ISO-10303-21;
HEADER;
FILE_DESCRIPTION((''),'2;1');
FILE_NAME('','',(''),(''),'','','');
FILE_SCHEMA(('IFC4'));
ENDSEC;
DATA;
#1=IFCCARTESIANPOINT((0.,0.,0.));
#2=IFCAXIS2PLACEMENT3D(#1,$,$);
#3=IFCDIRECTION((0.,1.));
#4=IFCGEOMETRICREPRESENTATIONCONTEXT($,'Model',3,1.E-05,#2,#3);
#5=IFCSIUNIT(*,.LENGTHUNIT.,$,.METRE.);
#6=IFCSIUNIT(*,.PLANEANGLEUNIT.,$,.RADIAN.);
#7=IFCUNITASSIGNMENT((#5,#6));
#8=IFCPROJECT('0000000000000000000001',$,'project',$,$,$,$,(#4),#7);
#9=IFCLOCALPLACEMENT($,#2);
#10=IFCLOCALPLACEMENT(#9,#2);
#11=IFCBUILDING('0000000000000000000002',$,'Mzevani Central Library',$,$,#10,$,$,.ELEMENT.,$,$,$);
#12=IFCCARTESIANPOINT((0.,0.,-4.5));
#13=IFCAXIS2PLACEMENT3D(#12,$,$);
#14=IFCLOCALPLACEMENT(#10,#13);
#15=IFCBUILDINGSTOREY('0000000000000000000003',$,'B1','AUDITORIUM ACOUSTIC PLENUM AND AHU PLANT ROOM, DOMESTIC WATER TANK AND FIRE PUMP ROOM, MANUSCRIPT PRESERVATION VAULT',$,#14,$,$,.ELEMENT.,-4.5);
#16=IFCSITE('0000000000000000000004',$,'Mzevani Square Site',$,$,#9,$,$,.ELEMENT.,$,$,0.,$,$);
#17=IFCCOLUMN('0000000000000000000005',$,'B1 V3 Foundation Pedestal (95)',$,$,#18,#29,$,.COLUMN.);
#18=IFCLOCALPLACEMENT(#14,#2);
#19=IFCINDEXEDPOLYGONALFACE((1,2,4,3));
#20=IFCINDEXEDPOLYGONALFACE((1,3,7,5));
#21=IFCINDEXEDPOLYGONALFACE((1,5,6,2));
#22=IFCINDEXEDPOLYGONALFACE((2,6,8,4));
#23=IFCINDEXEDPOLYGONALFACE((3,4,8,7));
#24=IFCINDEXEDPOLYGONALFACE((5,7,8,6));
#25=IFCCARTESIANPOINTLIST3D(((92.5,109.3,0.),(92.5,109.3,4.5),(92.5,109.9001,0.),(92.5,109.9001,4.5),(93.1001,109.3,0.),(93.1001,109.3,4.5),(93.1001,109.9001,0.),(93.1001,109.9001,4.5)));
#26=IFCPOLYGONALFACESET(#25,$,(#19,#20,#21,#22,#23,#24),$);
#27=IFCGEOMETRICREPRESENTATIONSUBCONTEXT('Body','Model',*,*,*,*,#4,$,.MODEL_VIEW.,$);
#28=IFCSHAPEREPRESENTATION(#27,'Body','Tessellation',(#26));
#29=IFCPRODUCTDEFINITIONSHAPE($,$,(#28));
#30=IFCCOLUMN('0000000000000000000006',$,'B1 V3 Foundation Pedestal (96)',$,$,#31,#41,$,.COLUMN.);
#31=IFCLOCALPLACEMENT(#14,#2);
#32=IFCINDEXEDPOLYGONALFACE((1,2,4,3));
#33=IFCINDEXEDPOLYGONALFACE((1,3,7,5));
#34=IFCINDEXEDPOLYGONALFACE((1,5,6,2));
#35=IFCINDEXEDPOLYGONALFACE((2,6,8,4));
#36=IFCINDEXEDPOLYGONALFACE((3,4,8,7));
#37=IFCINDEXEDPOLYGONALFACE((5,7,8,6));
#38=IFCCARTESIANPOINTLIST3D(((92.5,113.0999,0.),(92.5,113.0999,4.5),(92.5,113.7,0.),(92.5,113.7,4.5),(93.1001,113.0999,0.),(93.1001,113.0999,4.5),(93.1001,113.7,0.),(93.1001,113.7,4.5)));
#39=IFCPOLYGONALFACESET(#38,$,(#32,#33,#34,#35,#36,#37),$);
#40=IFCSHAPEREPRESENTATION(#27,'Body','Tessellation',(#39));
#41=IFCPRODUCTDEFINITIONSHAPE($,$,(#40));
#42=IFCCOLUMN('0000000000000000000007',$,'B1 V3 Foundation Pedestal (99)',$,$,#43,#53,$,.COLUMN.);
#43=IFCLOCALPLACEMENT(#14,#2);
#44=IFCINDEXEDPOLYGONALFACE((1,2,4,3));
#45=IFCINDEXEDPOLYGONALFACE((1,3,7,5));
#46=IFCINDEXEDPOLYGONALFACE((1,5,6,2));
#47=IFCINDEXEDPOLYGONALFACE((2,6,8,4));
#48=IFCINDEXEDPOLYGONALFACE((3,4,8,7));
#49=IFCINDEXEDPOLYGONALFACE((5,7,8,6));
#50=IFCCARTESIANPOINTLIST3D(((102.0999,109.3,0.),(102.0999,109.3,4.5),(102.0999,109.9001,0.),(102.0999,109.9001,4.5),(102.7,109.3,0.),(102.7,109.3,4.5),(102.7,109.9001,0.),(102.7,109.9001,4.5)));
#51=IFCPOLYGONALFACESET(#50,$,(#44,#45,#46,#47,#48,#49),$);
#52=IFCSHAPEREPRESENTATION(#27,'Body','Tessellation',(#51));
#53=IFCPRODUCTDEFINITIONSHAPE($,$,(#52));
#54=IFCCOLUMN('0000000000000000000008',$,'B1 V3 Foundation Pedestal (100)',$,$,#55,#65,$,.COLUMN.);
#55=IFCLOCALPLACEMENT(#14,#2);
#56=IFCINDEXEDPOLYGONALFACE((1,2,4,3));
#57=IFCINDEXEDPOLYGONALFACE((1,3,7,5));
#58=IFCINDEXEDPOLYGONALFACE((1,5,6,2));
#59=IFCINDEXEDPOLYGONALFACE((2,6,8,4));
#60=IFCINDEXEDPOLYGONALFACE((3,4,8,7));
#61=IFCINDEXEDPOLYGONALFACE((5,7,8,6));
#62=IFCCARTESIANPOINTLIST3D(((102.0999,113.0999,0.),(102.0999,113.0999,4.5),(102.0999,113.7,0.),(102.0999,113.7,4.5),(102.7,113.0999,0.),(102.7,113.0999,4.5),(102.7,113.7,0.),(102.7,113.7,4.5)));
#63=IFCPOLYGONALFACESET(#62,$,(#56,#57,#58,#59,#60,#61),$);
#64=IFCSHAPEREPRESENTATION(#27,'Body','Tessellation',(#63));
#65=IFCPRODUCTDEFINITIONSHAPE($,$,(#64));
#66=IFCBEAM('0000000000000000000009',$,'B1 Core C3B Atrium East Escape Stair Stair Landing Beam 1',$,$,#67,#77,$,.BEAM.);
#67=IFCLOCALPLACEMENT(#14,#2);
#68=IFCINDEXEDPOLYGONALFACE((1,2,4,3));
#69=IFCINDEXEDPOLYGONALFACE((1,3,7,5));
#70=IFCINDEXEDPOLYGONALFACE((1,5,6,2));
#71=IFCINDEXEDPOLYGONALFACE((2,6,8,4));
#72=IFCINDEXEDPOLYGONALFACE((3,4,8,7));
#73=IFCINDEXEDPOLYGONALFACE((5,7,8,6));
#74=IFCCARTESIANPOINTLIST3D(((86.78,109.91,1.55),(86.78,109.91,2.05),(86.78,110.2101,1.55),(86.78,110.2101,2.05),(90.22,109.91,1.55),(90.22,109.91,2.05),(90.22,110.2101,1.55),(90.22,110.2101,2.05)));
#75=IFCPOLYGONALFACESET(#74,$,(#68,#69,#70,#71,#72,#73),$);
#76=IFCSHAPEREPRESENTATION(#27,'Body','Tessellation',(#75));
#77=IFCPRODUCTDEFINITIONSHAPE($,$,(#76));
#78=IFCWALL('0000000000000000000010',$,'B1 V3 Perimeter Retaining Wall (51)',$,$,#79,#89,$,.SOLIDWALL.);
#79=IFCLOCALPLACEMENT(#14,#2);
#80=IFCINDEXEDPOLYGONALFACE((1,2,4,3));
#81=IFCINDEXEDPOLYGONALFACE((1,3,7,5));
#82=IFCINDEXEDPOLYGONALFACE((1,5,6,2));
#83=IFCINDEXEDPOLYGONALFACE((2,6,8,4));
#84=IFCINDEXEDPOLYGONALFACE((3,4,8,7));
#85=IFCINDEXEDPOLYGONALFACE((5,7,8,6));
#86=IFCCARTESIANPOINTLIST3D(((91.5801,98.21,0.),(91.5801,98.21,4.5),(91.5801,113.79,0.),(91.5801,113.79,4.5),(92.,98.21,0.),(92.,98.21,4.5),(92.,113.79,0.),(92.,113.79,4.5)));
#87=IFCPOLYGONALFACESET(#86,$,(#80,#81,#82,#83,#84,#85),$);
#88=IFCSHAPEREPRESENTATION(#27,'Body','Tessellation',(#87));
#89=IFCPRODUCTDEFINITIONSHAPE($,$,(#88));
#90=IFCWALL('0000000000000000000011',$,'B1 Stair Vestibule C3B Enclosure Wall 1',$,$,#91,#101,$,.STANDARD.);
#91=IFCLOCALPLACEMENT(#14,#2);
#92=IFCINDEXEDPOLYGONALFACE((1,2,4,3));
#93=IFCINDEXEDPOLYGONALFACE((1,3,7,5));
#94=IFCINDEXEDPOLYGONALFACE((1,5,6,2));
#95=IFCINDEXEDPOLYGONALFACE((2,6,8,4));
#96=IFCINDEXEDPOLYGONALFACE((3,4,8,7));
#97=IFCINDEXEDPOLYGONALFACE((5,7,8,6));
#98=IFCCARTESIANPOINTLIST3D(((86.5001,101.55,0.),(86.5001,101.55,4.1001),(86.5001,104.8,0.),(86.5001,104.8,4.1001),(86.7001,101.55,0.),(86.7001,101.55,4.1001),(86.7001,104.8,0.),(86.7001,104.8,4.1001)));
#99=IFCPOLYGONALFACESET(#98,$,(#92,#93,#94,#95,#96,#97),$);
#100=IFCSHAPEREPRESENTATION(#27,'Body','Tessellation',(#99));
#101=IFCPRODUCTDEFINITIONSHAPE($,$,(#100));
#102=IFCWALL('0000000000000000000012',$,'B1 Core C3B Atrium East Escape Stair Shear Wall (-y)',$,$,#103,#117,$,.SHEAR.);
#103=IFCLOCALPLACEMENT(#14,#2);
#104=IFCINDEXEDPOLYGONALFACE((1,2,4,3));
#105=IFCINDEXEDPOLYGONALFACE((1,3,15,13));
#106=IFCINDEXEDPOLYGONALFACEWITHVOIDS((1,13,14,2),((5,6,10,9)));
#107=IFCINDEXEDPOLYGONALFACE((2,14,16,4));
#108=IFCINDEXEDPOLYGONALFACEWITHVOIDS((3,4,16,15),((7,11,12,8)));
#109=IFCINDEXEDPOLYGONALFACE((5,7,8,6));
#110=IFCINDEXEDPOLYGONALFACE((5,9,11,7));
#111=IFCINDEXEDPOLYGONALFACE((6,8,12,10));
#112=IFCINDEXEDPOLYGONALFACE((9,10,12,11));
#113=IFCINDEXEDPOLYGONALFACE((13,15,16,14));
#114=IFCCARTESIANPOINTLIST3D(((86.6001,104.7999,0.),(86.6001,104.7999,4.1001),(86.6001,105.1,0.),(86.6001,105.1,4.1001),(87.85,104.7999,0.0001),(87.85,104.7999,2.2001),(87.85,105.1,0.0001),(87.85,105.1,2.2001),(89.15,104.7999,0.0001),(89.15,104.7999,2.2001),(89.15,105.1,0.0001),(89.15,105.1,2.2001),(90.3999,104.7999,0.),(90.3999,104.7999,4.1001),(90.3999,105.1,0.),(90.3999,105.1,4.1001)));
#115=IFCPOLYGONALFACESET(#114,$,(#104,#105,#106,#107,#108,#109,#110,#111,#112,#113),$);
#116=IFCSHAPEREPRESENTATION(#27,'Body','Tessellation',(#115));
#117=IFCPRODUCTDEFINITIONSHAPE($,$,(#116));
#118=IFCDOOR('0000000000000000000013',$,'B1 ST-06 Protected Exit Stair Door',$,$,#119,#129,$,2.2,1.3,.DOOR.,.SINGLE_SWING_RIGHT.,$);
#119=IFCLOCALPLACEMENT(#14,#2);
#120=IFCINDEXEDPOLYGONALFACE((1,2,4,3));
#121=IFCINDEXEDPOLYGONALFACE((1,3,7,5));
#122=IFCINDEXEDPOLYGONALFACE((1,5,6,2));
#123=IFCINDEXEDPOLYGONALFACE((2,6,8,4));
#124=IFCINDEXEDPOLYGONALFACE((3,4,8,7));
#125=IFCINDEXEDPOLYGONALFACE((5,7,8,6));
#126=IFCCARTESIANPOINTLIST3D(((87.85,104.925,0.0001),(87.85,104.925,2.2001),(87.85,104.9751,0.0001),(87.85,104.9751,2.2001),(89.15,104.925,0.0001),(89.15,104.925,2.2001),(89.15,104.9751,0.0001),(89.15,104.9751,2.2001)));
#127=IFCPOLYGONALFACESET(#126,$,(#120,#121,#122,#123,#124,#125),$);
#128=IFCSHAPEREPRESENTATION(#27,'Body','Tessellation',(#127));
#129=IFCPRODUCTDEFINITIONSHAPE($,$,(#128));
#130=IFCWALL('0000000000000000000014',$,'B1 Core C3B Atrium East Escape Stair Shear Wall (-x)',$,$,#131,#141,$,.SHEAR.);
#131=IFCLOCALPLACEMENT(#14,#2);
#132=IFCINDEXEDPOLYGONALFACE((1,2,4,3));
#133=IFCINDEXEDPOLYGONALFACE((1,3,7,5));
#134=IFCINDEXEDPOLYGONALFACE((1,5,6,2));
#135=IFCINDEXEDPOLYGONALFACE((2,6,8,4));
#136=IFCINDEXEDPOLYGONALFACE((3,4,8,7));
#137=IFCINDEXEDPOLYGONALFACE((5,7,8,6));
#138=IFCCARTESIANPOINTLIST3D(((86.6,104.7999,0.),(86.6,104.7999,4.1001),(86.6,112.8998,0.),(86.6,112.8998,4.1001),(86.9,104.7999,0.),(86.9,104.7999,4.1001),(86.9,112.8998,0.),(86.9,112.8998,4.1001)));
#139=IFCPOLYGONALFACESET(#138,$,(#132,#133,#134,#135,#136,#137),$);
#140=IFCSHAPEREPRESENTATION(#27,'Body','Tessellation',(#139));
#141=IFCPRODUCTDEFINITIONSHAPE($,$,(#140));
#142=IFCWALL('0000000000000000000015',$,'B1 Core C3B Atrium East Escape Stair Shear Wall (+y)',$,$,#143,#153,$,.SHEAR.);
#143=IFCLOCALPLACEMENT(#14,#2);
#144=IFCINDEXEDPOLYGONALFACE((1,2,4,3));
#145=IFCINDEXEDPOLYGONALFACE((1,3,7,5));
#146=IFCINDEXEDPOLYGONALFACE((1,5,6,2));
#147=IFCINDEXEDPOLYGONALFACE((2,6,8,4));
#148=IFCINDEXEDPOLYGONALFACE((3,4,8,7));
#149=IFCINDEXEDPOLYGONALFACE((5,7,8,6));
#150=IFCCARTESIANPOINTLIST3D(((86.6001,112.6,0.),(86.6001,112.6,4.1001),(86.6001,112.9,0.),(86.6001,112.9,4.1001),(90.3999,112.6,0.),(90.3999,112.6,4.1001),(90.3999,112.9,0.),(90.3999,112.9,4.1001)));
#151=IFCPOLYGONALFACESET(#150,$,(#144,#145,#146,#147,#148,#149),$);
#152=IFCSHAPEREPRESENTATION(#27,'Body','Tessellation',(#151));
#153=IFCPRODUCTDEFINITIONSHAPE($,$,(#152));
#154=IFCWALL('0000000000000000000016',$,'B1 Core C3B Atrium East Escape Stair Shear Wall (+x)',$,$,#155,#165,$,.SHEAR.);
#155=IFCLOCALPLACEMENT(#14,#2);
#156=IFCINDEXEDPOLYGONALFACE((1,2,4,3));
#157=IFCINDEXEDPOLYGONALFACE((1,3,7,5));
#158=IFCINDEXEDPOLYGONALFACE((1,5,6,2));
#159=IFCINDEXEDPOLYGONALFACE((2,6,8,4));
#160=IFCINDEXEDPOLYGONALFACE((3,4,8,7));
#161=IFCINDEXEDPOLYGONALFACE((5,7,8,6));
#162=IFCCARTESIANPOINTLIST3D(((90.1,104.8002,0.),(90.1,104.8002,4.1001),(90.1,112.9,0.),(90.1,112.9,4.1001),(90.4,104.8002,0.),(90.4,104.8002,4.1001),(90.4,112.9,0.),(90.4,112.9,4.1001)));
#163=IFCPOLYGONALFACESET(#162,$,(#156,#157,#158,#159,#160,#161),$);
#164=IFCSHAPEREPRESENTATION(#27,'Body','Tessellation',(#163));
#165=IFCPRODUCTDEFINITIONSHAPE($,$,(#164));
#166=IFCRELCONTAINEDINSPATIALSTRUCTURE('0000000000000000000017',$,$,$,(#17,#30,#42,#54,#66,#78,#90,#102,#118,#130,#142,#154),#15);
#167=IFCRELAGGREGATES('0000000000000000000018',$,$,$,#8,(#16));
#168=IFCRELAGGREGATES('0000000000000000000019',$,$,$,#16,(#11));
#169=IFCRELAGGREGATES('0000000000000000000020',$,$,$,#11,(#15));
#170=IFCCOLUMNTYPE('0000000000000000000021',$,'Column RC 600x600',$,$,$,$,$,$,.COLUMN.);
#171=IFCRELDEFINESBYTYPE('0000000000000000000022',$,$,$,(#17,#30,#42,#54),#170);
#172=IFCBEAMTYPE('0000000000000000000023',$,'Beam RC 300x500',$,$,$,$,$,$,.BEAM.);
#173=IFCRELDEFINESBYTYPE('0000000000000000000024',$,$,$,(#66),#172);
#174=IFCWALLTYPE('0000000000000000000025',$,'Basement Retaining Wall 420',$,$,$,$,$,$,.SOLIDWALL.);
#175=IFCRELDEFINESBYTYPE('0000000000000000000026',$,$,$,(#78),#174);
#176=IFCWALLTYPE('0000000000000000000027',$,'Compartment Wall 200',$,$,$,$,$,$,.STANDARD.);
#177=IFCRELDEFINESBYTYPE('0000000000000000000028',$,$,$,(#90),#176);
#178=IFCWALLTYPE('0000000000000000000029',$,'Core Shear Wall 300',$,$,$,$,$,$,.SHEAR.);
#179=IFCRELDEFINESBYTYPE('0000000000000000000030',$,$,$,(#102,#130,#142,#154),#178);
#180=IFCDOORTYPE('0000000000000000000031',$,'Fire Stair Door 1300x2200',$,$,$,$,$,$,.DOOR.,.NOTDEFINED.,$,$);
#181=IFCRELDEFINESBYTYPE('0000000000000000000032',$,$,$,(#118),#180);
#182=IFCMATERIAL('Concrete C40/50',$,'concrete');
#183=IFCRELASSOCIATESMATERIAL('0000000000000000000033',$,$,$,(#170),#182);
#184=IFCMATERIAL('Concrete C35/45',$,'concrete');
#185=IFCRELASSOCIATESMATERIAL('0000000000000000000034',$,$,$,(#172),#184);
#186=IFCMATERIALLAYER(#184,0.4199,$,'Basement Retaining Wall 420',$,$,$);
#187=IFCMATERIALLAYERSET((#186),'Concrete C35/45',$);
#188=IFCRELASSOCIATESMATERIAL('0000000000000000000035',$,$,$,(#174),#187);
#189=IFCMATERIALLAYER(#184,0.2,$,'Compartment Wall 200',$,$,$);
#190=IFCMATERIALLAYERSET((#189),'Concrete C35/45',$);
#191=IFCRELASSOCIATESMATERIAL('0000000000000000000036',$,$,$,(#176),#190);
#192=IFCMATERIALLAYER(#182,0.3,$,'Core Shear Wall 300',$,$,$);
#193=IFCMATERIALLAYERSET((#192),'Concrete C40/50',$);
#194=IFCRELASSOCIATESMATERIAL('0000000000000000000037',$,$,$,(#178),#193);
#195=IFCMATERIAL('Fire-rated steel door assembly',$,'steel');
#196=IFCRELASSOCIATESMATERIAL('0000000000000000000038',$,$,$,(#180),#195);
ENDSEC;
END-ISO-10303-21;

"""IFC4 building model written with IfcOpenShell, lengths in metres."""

from ifc_helpers import new_model, si_unit, direction, frame, frame_2d, origin, origin_2d, place, context, subcontext, project, spatial, rectangle, extrude, material, layer, layer_set, material_profile, profile_set, type_object, element, fill, save


model = new_model("IFC4")

# Units and contexts
model_context = context("Model", 3, precision=1e-05, world=origin(), true_north=direction((0.0, 1.0)))
body_context = subcontext(model_context, "Body", "Model", "MODEL_VIEW")
ifc_project = project(units=[si_unit("LENGTHUNIT", "METRE"), si_unit("PLANEANGLEUNIT", "RADIAN")], contexts=[model_context])

# Site, building, storey
site_placement = place(None, origin())
site = spatial("IfcSite", under=ifc_project, at=site_placement, Name="Mzevani Square Site", CompositionType="ELEMENT", RefElevation=0.0)
building_placement = place(site_placement, origin())
building = spatial("IfcBuilding", under=site, at=building_placement, Name="Mzevani Central Library", CompositionType="ELEMENT")
storey_placement = place(building_placement, frame((0.0, 0.0, -4.5)))
storey = spatial("IfcBuildingStorey", under=building, at=storey_placement, Name="B1", Description="AUDITORIUM ACOUSTIC PLENUM AND AHU PLANT ROOM, DOMESTIC WATER TANK AND FIRE PUMP ROOM, MANUSCRIPT PRESERVATION VAULT", CompositionType="ELEMENT", Elevation=-4.5)

# Shared definitions
ifc_material_1 = material(Name="Concrete C40/50", Category="concrete")

# Columns
ifc_material_profile_1 = material_profile(ifc_material_1, rectangle(XDim=0.6001, YDim=0.6001, at=origin_2d()), Name="RC 600x600")
ifc_profile_set_1 = profile_set([ifc_material_profile_1], Name="Concrete C40/50")
column_type = type_object("IfcColumnType", Name="Column RC 600x600", PredefinedType="COLUMN", material=ifc_profile_set_1)
for number, where, z_axis, x_axis, name in (
    (1, (92.8, 109.6001, 0.0), (0.0, 0.0, 1.0), (1.0, 0.0, 0.0), "B1 V3 Foundation Pedestal (95)"),
    (2, (92.8, 113.3999, 0.0), (0.0, 0.0, 1.0), (1.0, 0.0, 0.0), "B1 V3 Foundation Pedestal (96)"),
    (3, (102.3999, 109.6001, 0.0), (0.0, 0.0, 1.0), (1.0, 0.0, 0.0), "B1 V3 Foundation Pedestal (99)"),
    (4, (102.3999, 113.3999, 0.0), (0.0, 0.0, 1.0), (1.0, 0.0, 0.0), "B1 V3 Foundation Pedestal (100)"),
):
    element("IfcColumn", number, at=place(storey_placement, frame(where, z_axis=z_axis, x_axis=x_axis)), inside=storey, type_object=column_type, Name=name, PredefinedType="COLUMN", context=body_context, shape_type="SweptSolid", body=[
        extrude(rectangle(XDim=0.6001, YDim=0.6001, at=origin_2d()), origin(), (0.0, 0.0, 1.0), 4.5),
    ])

# Beam
ifc_material_2 = material(Name="Concrete C35/45", Category="concrete")
ifc_material_profile_2 = material_profile(ifc_material_2, rectangle(XDim=0.3, YDim=0.5, at=origin_2d()), Name="RC B300x500")
ifc_profile_set_2 = profile_set([ifc_material_profile_2], Name="Concrete C35/45")
beam_type = type_object("IfcBeamType", Name="Beam RC 300x500", PredefinedType="BEAM", material=ifc_profile_set_2)
beam_placement = place(storey_placement, frame((86.78, 110.0601, 1.8), z_axis=(1.0, 0.0, 0.0), x_axis=(0.0, 1.0, 0.0)))
element("IfcBeam", 5, at=beam_placement, inside=storey, type_object=beam_type, Name="B1 Core C3B Atrium East Escape Stair Stair Landing Beam 1", PredefinedType="BEAM", context=body_context, shape_type="SweptSolid", body=[
    extrude(rectangle(XDim=0.3, YDim=0.5, at=origin_2d()), origin(), (0.0, 0.0, 1.0), 3.4399),
])

# Walls
ifc_layer_1 = layer(ifc_material_2, 0.4199, Name="Basement Retaining Wall 420")
ifc_layer_set_1 = layer_set([ifc_layer_1], Name="Concrete C35/45")
wall_type_1 = type_object("IfcWallType", Name="Basement Retaining Wall 420", PredefinedType="SOLIDWALL", material=ifc_layer_set_1)
wall_1_placement = place(storey_placement, frame((91.79, 113.79, 0.0), z_axis=(0.0, 0.0, 1.0), x_axis=(0.0, -1.0, 0.0)))
element("IfcWall", 6, at=wall_1_placement, inside=storey, type_object=wall_type_1, Name="B1 V3 Perimeter Retaining Wall (51)", PredefinedType="SOLIDWALL", context=body_context, shape_type="SweptSolid", body=[
    extrude(rectangle(XDim=15.5801, YDim=0.4199, at=frame_2d((7.79, 0.0))), origin(), (0.0, 0.0, 1.0), 4.5),
])
ifc_layer_2 = layer(ifc_material_2, 0.2, Name="Compartment Wall 200")
ifc_layer_set_2 = layer_set([ifc_layer_2], Name="Concrete C35/45")
wall_type_2 = type_object("IfcWallType", Name="Compartment Wall 200", PredefinedType="STANDARD", material=ifc_layer_set_2)
wall_2_placement = place(storey_placement, frame((86.6001, 104.8, 0.0), z_axis=(0.0, 0.0, 1.0), x_axis=(0.0, -1.0, 0.0)))
element("IfcWall", 7, at=wall_2_placement, inside=storey, type_object=wall_type_2, Name="B1 Stair Vestibule C3B Enclosure Wall 1", PredefinedType="STANDARD", context=body_context, shape_type="SweptSolid", body=[
    extrude(rectangle(XDim=3.25, YDim=0.2, at=frame_2d((1.625, 0.0))), origin(), (0.0, 0.0, 1.0), 4.1001),
])

# Wall, opening, door
ifc_layer_3 = layer(ifc_material_1, 0.3, Name="Core Shear Wall 300")
ifc_layer_set_3 = layer_set([ifc_layer_3], Name="Concrete C40/50")
wall_type_3 = type_object("IfcWallType", Name="Core Shear Wall 300", PredefinedType="SHEAR", material=ifc_layer_set_3)
wall_3_placement = place(storey_placement, frame((90.3999, 104.95, 0.0), z_axis=(0.0, 0.0, 1.0), x_axis=(-1.0, 0.0, 0.0)))
wall_3 = element("IfcWall", 8, at=wall_3_placement, inside=storey, type_object=wall_type_3, Name="B1 Core C3B Atrium East Escape Stair Shear Wall (-y)", PredefinedType="SHEAR", context=body_context, shape_type="SweptSolid", body=[
    extrude(rectangle(XDim=3.7998, YDim=0.3, at=frame_2d((1.8999, 0.0))), origin(), (0.0, 0.0, 1.0), 4.1001),
])
opening_placement = place(wall_3_placement, frame((1.25, 0.0, 0.0)))
opening = element("IfcOpeningElement", 9, at=opening_placement, cuts=wall_3, PredefinedType="OPENING", context=body_context, shape_type="SweptSolid", body=[
    extrude(rectangle(XDim=1.3, YDim=2.2, at=frame_2d((0.6499, 1.1001))), frame((0.0, 0.1602, 0.0), z_axis=(0.0, -1.0, 0.0), x_axis=(1.0, 0.0, 0.0)), (0.0, 0.0, 1.0), 0.3201),
])
ifc_material_3 = material(Name="Fire-rated steel door assembly", Category="steel")
door_type = type_object("IfcDoorType", Name="Fire Stair Door 1300x2200", OperationType="NOTDEFINED", PredefinedType="DOOR", material=ifc_material_3)
door_placement = place(opening_placement, origin())
door = element("IfcDoor", 10, at=door_placement, inside=storey, type_object=door_type, Name="B1 ST-06 Protected Exit Stair Door", OperationType="SINGLE_SWING_RIGHT", OverallHeight=2.2, OverallWidth=1.3, PredefinedType="DOOR", context=body_context, shape_type="SweptSolid", body=[
    extrude(rectangle(XDim=1.3, YDim=2.2, at=frame_2d((0.6499, 1.1001))), frame((0.0, 0.0249, 0.0), z_axis=(0.0, -1.0, 0.0), x_axis=(1.0, 0.0, 0.0)), (0.0, 0.0, 1.0), 0.05),
])
fill(opening, door)

# Walls
wall_4_placement = place(storey_placement, frame((86.75, 104.8, 0.0), z_axis=(0.0, 0.0, 1.0), x_axis=(0.0, 1.0, 0.0)))
element("IfcWall", 11, at=wall_4_placement, inside=storey, type_object=wall_type_3, Name="B1 Core C3B Atrium East Escape Stair Shear Wall (-x)", PredefinedType="SHEAR", context=body_context, shape_type="SweptSolid", body=[
    extrude(rectangle(XDim=8.0999, YDim=0.3, at=frame_2d((4.0498, 0.0))), origin(), (0.0, 0.0, 1.0), 4.1001),
])
wall_5_placement = place(storey_placement, frame((86.6001, 112.75, 0.0), z_axis=(0.0, 0.0, 1.0), x_axis=(1.0, 0.0, 0.0)))
element("IfcWall", 12, at=wall_5_placement, inside=storey, type_object=wall_type_3, Name="B1 Core C3B Atrium East Escape Stair Shear Wall (+y)", PredefinedType="SHEAR", context=body_context, shape_type="SweptSolid", body=[
    extrude(rectangle(XDim=3.7998, YDim=0.3, at=frame_2d((1.8999, 0.0))), origin(), (0.0, 0.0, 1.0), 4.1001),
])
wall_6_placement = place(storey_placement, frame((90.25, 112.8999, 0.0), z_axis=(0.0, 0.0, 1.0), x_axis=(0.0, -1.0, 0.0)))
element("IfcWall", 13, at=wall_6_placement, inside=storey, type_object=wall_type_3, Name="B1 Core C3B Atrium East Escape Stair Shear Wall (+x)", PredefinedType="SHEAR", context=body_context, shape_type="SweptSolid", body=[
    extrude(rectangle(XDim=8.0999, YDim=0.3, at=frame_2d((4.0498, 0.0))), origin(), (0.0, 0.0, 1.0), 4.1001),
])

save(model, "model.ifc")
